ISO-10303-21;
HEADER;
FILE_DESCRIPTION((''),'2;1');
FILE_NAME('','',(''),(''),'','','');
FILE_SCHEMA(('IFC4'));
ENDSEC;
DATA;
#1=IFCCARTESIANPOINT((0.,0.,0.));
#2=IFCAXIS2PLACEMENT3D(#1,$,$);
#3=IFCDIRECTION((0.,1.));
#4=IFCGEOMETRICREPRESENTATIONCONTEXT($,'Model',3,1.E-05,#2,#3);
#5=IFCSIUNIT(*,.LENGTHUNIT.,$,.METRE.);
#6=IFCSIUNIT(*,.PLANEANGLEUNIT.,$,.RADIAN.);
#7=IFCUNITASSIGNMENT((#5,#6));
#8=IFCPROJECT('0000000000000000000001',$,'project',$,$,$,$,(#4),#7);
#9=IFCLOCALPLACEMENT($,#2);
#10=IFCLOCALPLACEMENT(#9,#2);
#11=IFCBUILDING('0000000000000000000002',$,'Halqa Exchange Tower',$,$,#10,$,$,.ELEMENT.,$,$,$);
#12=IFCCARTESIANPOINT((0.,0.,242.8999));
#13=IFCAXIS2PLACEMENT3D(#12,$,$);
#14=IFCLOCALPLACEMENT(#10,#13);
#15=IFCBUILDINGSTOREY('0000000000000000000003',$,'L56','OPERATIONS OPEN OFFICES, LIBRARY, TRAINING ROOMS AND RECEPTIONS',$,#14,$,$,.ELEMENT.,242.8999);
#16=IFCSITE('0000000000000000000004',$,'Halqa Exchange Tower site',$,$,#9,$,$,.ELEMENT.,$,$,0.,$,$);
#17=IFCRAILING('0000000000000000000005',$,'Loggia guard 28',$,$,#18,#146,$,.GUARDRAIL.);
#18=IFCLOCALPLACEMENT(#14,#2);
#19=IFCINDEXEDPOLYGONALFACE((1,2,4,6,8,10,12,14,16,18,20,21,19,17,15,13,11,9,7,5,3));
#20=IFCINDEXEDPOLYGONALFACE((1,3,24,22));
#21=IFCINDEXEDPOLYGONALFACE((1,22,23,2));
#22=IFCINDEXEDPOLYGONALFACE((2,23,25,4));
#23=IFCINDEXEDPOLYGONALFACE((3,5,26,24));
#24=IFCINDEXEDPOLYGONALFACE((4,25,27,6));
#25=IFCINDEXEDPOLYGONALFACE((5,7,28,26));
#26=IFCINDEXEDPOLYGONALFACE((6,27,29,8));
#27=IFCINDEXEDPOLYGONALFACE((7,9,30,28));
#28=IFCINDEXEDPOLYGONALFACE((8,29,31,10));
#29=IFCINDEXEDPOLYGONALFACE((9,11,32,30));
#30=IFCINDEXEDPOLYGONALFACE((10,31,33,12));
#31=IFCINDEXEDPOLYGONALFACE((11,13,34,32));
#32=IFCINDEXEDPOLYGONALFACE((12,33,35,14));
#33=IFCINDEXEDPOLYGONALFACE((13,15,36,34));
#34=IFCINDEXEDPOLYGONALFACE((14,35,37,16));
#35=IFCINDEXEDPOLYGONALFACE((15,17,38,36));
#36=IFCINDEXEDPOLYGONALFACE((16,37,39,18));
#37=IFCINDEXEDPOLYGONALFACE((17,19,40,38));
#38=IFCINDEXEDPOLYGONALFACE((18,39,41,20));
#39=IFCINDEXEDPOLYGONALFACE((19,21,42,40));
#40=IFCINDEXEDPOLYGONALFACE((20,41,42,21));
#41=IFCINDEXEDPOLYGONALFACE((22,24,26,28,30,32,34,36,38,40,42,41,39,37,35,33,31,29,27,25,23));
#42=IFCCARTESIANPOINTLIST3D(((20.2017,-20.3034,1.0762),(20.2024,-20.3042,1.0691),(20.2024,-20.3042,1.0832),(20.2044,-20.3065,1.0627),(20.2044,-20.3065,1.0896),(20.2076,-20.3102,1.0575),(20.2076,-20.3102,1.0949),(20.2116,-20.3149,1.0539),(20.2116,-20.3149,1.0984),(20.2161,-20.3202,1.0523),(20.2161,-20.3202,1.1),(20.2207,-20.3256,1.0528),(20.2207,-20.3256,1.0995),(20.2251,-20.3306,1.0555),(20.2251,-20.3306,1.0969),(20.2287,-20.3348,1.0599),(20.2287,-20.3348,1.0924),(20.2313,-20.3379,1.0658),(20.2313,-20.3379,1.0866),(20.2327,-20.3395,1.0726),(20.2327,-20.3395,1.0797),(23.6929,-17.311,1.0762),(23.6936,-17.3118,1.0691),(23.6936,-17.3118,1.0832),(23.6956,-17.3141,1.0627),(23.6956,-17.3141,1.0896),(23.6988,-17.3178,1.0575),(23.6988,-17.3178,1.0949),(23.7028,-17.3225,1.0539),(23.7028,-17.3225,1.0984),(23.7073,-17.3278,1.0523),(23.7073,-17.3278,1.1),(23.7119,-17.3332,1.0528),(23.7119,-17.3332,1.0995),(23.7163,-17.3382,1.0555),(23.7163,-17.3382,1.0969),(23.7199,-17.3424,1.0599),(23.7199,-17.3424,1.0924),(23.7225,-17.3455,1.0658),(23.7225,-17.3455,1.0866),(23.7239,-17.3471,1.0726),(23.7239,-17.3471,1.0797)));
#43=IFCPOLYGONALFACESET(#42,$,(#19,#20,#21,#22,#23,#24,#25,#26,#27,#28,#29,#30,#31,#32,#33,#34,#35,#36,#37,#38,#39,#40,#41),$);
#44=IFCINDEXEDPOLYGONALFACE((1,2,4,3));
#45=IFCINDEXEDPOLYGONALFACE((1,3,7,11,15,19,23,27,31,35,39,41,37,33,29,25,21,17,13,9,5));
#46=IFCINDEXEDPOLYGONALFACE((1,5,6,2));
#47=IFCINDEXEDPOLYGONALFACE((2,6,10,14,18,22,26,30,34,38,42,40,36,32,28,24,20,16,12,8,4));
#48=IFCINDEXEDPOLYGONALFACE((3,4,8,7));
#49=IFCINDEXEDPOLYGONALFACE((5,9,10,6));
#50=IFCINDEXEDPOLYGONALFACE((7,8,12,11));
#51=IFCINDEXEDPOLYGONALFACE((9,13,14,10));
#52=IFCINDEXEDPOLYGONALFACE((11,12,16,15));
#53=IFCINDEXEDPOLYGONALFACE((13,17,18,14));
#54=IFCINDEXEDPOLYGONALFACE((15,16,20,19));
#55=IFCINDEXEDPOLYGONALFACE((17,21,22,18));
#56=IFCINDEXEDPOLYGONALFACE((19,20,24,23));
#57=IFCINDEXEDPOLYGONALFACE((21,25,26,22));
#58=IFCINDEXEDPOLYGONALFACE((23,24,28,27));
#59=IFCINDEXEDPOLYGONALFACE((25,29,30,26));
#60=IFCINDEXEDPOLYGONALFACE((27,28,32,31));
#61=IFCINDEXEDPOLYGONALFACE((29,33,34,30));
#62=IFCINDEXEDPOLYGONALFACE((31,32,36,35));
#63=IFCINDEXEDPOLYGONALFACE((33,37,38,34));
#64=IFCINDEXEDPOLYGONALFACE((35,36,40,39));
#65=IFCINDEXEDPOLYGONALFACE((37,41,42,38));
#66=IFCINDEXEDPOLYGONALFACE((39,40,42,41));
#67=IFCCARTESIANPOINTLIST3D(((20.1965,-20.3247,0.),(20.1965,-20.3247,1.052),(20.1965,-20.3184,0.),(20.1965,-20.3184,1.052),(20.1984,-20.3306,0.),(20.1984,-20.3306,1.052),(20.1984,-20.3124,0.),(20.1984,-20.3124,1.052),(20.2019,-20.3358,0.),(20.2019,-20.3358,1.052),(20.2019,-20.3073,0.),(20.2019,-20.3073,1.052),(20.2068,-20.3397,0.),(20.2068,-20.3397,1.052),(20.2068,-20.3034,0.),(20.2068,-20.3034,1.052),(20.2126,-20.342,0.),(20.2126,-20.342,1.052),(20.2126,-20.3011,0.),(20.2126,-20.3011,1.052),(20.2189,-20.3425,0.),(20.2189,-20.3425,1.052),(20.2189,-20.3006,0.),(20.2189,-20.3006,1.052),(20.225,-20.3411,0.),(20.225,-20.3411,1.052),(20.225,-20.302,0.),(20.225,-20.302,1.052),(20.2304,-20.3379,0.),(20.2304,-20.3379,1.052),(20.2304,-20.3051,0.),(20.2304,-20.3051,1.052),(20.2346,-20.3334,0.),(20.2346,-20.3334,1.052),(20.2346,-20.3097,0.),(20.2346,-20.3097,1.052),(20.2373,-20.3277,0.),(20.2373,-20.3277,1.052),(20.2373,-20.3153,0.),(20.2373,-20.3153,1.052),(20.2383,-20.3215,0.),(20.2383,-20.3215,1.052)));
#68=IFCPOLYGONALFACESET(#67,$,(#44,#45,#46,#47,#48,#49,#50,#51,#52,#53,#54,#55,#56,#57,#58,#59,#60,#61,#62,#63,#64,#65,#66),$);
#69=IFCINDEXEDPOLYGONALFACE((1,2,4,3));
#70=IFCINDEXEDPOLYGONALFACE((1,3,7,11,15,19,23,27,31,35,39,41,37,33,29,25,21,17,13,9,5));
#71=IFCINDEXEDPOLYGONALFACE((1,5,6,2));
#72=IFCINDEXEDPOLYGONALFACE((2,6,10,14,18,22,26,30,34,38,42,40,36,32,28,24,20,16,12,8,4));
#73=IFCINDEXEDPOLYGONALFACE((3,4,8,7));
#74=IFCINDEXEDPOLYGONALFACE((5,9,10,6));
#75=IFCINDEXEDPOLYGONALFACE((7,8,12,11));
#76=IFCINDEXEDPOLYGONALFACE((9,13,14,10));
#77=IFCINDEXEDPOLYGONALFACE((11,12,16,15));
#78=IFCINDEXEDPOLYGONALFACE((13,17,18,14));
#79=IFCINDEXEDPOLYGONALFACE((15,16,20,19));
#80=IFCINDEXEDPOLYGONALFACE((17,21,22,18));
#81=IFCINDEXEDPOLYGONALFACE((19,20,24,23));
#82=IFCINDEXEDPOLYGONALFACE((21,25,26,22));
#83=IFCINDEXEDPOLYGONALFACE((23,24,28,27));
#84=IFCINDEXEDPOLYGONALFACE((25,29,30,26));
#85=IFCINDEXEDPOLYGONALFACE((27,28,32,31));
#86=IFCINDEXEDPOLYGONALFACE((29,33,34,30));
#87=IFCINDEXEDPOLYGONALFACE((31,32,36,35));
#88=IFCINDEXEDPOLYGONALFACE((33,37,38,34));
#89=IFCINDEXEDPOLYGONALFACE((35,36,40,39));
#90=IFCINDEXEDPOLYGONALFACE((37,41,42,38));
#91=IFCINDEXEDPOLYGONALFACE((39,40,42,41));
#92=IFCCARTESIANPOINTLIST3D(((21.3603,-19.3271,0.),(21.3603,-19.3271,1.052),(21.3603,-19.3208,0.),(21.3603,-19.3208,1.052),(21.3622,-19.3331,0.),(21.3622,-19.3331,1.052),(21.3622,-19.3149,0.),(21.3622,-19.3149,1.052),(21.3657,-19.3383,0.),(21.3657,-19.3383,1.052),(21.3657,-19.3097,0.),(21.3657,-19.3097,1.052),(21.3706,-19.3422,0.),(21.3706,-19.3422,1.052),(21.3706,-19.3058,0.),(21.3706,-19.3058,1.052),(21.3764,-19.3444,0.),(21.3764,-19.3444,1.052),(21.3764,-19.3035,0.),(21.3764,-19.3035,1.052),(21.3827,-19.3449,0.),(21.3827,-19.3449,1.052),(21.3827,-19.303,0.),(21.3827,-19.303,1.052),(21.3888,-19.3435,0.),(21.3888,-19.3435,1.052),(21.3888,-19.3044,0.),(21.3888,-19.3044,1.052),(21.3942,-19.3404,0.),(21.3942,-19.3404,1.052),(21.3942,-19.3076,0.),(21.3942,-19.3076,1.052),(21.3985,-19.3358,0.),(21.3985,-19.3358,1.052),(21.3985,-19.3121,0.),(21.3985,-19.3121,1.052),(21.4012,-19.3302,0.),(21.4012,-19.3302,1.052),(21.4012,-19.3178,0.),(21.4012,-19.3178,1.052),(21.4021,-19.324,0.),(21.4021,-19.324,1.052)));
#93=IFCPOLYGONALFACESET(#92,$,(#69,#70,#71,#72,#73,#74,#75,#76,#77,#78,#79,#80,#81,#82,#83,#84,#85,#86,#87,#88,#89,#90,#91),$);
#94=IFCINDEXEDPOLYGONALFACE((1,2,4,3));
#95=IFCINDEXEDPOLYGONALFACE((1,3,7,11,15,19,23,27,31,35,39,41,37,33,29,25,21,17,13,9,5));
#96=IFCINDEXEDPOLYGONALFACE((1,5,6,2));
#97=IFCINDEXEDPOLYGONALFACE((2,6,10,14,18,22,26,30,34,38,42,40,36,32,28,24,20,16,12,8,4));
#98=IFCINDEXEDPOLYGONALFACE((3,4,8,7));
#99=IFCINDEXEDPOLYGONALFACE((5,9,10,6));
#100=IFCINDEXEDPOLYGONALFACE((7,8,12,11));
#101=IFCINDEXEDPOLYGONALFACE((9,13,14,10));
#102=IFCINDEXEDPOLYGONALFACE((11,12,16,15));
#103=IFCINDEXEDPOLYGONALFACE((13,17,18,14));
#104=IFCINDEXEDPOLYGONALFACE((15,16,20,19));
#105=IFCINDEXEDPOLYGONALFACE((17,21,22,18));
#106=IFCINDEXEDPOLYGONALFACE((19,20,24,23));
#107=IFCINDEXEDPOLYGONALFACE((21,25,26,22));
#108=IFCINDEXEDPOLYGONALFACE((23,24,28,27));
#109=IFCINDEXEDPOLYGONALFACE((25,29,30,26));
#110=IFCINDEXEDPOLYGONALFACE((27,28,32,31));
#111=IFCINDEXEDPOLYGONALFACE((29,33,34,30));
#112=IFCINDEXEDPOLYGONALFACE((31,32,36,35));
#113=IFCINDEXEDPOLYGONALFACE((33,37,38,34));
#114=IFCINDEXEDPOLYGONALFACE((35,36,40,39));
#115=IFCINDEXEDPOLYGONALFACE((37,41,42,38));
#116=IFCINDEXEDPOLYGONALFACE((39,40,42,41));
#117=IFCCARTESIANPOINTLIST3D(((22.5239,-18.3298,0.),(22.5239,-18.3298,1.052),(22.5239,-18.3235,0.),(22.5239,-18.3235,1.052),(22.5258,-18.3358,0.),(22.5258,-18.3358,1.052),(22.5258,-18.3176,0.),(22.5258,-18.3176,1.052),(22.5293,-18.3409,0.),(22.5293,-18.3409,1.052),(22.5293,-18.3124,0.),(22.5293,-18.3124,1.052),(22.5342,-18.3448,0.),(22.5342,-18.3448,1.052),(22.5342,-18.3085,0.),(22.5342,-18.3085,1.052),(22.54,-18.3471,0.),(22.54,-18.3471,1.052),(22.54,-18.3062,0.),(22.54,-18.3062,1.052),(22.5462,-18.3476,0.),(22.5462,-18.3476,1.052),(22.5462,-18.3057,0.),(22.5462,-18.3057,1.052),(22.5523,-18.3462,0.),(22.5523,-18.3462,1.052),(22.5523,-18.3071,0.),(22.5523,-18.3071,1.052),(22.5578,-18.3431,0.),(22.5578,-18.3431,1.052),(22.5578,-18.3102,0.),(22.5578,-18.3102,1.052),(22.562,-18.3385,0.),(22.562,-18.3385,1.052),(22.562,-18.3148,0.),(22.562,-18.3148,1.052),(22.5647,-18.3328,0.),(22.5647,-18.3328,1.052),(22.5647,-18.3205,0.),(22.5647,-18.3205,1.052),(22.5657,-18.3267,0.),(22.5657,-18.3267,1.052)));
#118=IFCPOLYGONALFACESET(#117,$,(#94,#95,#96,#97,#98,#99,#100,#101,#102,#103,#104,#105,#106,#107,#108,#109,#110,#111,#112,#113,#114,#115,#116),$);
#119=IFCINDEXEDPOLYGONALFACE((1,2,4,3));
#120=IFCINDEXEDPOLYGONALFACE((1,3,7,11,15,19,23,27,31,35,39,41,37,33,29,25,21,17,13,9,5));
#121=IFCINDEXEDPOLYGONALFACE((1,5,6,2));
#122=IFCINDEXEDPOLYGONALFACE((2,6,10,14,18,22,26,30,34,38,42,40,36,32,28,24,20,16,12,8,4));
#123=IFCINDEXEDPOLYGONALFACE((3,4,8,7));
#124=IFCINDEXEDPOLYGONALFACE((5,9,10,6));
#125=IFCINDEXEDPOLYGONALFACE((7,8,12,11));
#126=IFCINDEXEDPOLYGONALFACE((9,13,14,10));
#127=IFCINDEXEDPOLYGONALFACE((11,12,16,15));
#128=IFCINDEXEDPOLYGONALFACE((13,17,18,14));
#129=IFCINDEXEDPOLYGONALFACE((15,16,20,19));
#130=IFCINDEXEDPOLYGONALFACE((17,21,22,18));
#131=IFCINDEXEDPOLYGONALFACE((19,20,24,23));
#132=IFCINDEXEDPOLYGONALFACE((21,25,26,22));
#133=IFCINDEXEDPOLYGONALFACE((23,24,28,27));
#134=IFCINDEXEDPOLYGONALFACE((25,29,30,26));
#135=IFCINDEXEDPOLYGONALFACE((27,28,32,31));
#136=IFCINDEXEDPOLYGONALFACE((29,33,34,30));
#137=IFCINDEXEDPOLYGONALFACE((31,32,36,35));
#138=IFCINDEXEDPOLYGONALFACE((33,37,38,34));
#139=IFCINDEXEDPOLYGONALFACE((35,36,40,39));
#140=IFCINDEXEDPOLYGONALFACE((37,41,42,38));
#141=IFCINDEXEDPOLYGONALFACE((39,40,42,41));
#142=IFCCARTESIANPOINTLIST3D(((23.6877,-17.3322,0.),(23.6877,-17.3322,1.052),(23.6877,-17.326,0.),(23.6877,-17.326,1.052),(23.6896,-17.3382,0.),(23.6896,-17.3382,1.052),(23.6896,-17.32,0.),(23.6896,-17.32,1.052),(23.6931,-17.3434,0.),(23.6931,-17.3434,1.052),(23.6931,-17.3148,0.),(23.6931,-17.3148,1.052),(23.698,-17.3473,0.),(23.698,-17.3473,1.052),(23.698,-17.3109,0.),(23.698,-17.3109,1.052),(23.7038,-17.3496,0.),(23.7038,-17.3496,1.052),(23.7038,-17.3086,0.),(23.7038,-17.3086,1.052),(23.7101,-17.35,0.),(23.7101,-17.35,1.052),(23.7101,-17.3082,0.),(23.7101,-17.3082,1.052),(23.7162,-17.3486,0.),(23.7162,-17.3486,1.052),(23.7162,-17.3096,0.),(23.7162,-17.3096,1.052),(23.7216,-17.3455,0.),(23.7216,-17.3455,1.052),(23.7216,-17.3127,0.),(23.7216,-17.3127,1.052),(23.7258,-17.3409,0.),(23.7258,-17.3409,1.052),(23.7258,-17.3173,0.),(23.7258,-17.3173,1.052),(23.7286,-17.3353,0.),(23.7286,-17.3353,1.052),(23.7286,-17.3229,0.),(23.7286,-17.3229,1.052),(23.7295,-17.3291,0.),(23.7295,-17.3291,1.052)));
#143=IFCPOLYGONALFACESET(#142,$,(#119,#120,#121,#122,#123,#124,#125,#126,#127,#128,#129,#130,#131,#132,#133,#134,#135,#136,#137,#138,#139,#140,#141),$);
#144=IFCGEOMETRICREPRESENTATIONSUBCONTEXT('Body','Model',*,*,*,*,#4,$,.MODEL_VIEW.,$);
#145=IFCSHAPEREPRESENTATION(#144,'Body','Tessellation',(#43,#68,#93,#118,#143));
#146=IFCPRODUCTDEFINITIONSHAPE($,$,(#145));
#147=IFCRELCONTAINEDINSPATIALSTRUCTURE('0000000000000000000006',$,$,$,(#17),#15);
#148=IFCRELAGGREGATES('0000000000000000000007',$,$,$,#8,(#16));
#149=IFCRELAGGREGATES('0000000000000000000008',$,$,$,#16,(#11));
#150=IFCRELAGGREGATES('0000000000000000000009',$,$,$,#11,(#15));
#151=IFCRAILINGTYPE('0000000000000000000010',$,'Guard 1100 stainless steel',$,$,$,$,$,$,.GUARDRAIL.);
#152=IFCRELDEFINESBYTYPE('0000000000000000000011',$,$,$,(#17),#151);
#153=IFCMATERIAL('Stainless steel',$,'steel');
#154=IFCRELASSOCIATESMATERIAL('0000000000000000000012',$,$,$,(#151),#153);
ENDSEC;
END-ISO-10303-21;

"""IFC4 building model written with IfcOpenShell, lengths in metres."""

from ifc_helpers import new_model, si_unit, direction, frame, origin, origin_2d, place, context, subcontext, project, spatial, circle, extrude, material, type_object, element, save


model = new_model("IFC4")

# Units and contexts
model_context = context("Model", 3, precision=1e-05, world=origin(), true_north=direction((0.0, 1.0)))
body_context = subcontext(model_context, "Body", "Model", "MODEL_VIEW")
ifc_project = project(units=[si_unit("LENGTHUNIT", "METRE"), si_unit("PLANEANGLEUNIT", "RADIAN")], contexts=[model_context])

# Site, building, storey
site_placement = place(None, origin())
site = spatial("IfcSite", under=ifc_project, at=site_placement, Name="Halqa Exchange Tower site", CompositionType="ELEMENT", RefElevation=0.0)
building_placement = place(site_placement, origin())
building = spatial("IfcBuilding", under=site, at=building_placement, Name="Halqa Exchange Tower", CompositionType="ELEMENT")
storey_placement = place(building_placement, frame((0.0, 0.0, 242.8999)))
storey = spatial("IfcBuildingStorey", under=building, at=storey_placement, Name="L56", Description="OPERATIONS OPEN OFFICES, LIBRARY, TRAINING ROOMS AND RECEPTIONS", CompositionType="ELEMENT", Elevation=242.8999)

# Railing
ifc_material_1 = material(Name="Stainless steel", Category="steel")
railing_type = type_object("IfcRailingType", Name="Guard 1100 stainless steel", PredefinedType="GUARDRAIL", material=ifc_material_1)
railing_1_placement = place(storey_placement, frame((20.2173, -20.3215, 0.0)))
element("IfcRailing", 1, at=railing_1_placement, inside=storey, type_object=railing_type, Name="Loggia guard 28", PredefinedType="GUARDRAIL", context=body_context, shape_type="SweptSolid", body=[
    extrude(circle(Radius=0.0239, at=origin_2d()), frame((0.0, 0.0, 1.0762), z_axis=(0.75926, 0.650787, 0.0), x_axis=(-0.650787, 0.75926, 0.0)), (0.0, 0.0, 1.0), 4.5981),
    extrude(circle(Radius=0.021, at=origin_2d()), origin(), (0.0, 0.0, 1.0), 1.052),
    extrude(circle(Radius=0.021, at=origin_2d()), frame((1.1638, 0.9976, 0.0)), (0.0, 0.0, 1.0), 1.052),
    extrude(circle(Radius=0.021, at=origin_2d()), frame((2.3274, 1.9949, 0.0)), (0.0, 0.0, 1.0), 1.052),
    extrude(circle(Radius=0.021, at=origin_2d()), frame((3.4912, 2.9924, 0.0)), (0.0, 0.0, 1.0), 1.052),
])

save(model, "model.ifc")
